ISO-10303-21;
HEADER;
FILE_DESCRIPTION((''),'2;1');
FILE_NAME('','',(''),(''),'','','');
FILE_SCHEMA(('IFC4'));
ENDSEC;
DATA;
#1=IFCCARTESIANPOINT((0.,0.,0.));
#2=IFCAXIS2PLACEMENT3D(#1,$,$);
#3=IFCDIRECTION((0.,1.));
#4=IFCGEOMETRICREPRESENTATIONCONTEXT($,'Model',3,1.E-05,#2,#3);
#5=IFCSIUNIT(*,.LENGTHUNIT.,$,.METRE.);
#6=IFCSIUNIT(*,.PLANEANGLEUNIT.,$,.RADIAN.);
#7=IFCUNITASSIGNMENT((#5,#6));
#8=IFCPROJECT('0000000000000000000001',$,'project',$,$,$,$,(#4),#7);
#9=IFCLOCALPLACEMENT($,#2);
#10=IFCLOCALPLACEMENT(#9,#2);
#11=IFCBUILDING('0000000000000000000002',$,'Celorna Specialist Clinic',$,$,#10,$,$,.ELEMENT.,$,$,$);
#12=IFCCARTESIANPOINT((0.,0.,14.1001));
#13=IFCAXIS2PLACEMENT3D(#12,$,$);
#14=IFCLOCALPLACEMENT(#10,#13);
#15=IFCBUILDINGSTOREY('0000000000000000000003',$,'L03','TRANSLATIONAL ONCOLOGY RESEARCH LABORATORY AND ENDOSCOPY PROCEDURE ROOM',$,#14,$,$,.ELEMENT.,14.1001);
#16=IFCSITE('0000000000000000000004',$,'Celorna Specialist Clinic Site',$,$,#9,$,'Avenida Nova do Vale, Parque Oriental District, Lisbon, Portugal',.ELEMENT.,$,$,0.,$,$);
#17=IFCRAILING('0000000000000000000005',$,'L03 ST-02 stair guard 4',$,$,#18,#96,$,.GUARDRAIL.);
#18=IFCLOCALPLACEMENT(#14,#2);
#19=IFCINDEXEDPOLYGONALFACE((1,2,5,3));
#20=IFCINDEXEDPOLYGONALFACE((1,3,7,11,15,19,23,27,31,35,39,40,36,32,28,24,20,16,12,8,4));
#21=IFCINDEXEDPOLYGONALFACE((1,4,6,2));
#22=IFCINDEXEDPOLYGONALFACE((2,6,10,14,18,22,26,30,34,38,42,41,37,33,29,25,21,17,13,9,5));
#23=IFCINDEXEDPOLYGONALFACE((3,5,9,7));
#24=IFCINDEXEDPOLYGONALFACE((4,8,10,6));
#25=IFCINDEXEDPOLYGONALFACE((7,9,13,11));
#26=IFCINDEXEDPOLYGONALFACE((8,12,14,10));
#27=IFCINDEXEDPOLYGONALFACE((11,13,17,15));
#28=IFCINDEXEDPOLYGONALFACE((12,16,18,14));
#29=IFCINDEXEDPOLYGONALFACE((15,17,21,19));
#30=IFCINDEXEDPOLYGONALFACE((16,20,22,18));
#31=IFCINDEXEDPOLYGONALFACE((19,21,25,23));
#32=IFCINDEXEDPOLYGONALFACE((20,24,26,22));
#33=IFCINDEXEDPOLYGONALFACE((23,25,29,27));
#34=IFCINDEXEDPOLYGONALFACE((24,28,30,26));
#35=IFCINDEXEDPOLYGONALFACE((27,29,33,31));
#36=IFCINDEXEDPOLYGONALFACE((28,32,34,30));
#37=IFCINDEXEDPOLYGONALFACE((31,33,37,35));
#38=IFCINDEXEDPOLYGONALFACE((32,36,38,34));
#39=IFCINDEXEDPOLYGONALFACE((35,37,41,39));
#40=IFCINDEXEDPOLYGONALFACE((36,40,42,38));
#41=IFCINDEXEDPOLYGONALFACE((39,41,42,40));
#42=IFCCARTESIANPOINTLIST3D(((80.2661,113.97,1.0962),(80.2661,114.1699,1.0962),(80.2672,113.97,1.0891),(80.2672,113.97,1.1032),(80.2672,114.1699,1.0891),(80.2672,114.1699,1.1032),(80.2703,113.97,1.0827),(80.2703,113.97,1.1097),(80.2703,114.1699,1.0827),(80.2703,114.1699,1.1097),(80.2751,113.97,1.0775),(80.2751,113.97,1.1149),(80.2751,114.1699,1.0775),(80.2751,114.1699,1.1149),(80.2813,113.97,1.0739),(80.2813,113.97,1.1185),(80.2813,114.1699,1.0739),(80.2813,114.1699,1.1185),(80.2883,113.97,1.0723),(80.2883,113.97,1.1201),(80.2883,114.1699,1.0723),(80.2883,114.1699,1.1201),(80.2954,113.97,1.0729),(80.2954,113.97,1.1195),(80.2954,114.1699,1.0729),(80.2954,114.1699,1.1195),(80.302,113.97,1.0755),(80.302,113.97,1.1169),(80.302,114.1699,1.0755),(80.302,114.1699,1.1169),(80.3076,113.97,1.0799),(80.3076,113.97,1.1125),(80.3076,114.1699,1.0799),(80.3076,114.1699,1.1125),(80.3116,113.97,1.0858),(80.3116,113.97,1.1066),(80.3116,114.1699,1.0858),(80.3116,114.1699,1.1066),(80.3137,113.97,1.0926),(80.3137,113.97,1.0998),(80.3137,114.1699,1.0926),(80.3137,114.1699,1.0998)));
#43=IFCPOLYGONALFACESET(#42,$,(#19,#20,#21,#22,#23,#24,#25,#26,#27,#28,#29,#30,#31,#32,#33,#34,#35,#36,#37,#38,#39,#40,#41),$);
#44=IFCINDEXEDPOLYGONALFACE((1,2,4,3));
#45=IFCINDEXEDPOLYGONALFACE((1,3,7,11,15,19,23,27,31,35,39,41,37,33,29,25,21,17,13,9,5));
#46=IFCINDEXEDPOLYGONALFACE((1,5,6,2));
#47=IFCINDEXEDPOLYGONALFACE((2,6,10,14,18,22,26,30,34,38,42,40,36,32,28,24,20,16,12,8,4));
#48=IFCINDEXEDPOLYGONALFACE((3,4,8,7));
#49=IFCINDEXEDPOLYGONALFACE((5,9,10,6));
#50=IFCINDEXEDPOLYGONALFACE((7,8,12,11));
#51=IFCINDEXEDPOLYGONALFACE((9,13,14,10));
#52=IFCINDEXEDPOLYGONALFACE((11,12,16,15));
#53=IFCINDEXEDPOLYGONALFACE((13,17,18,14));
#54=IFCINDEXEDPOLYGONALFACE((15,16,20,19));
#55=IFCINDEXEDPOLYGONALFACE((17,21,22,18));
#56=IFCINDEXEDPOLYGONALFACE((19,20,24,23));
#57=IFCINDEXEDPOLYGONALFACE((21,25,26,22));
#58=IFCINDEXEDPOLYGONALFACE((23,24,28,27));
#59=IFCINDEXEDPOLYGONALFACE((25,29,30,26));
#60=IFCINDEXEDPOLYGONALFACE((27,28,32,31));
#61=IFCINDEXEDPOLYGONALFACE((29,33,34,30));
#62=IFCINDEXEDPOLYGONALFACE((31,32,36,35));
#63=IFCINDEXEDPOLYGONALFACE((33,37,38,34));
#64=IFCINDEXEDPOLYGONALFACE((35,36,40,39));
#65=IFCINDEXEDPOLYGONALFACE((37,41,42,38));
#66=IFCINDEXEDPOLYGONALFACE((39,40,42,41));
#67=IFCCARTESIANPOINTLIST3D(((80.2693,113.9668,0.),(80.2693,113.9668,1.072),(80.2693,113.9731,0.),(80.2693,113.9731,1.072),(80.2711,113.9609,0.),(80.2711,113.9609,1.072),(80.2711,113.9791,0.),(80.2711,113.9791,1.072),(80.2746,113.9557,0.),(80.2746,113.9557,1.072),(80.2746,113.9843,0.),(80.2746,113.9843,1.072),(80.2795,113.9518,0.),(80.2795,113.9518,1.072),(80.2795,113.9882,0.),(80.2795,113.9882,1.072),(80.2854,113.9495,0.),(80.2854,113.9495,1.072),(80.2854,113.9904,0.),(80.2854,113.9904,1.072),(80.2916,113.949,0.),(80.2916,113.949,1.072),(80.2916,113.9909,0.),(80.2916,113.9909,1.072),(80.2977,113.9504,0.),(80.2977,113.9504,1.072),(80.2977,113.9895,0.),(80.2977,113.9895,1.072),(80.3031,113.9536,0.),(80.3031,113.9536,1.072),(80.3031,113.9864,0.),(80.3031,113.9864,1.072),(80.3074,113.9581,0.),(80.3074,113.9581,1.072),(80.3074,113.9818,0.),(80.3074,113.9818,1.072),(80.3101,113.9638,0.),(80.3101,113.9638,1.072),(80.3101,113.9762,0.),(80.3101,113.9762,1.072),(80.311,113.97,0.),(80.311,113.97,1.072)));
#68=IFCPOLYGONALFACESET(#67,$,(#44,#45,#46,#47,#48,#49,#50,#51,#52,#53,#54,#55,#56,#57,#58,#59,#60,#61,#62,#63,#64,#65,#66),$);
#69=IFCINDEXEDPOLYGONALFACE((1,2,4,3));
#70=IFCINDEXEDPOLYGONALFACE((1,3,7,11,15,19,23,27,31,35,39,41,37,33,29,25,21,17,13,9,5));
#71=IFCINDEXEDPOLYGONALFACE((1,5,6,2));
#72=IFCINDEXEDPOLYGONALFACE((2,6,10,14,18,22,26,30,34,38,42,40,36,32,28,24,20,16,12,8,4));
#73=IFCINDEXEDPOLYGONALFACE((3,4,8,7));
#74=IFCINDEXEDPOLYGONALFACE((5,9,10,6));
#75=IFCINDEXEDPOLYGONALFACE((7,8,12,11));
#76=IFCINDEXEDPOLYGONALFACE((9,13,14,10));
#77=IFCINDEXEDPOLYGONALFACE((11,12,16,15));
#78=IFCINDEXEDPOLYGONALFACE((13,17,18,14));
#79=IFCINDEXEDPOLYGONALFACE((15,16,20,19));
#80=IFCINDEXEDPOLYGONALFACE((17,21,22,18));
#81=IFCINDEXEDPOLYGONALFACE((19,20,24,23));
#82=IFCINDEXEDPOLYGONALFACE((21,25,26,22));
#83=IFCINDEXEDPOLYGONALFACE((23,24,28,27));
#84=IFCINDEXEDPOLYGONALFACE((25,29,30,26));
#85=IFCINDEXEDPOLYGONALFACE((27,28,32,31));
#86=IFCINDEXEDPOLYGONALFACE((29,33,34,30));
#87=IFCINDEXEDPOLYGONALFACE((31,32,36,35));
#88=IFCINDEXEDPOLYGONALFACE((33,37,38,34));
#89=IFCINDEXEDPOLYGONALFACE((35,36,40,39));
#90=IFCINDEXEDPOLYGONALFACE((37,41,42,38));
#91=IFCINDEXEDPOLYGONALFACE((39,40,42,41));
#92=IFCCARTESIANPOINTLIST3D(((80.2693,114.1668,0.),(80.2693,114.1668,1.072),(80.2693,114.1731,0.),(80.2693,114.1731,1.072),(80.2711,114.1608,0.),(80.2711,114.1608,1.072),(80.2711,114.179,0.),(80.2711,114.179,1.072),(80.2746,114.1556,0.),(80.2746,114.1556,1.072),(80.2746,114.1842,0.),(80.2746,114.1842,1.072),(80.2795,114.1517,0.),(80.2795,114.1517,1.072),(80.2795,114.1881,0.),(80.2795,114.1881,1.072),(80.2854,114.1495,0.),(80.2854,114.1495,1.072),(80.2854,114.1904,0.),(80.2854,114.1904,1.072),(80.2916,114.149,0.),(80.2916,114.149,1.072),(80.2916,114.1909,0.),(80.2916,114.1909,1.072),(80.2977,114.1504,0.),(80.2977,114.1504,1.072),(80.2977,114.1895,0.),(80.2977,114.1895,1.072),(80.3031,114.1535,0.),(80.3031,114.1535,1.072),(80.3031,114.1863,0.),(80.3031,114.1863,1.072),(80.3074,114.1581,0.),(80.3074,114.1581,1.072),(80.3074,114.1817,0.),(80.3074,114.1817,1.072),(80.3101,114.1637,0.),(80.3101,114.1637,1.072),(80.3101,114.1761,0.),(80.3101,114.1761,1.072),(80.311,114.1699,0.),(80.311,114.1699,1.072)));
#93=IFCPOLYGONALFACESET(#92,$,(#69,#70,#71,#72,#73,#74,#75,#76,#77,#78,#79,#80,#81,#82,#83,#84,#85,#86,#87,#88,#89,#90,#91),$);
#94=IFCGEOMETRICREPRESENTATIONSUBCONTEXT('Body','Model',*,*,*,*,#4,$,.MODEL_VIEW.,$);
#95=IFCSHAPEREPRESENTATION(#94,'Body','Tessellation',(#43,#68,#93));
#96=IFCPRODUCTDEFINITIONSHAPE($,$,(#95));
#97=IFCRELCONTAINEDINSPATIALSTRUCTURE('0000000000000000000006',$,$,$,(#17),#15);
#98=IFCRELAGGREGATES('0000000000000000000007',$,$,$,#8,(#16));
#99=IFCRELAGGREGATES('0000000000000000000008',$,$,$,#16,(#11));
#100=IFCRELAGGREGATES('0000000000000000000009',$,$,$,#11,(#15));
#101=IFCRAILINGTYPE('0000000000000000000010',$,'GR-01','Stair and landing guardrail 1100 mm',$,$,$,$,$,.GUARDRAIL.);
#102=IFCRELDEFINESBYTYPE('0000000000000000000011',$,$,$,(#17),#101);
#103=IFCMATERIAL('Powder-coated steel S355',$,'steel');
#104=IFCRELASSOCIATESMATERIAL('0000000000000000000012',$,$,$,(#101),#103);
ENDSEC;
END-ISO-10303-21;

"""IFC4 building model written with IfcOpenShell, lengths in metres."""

from ifc_helpers import new_model, si_unit, direction, frame, origin, origin_2d, place, context, subcontext, project, spatial, circle, extrude, material, type_object, element, save


model = new_model("IFC4")

# Units and contexts
model_context = context("Model", 3, precision=1e-05, world=origin(), true_north=direction((0.0, 1.0)))
body_context = subcontext(model_context, "Body", "Model", "MODEL_VIEW")
ifc_project = project(units=[si_unit("LENGTHUNIT", "METRE"), si_unit("PLANEANGLEUNIT", "RADIAN")], contexts=[model_context])

# Site, building, storey
site_placement = place(None, origin())
site = spatial("IfcSite", under=ifc_project, at=site_placement, Name="Celorna Specialist Clinic Site", LongName="Avenida Nova do Vale, Parque Oriental District, Lisbon, Portugal", CompositionType="ELEMENT", RefElevation=0.0)
building_placement = place(site_placement, origin())
building = spatial("IfcBuilding", under=site, at=building_placement, Name="Celorna Specialist Clinic", CompositionType="ELEMENT")
storey_placement = place(building_placement, frame((0.0, 0.0, 14.1001)))
storey = spatial("IfcBuildingStorey", under=building, at=storey_placement, Name="L03", Description="TRANSLATIONAL ONCOLOGY RESEARCH LABORATORY AND ENDOSCOPY PROCEDURE ROOM", CompositionType="ELEMENT", Elevation=14.1001)

# Railing
ifc_material_1 = material(Name="Powder-coated steel S355", Category="steel")
railing_type_1 = type_object("IfcRailingType", Name="GR-01", Description="Stair and landing guardrail 1100 mm", PredefinedType="GUARDRAIL", material=ifc_material_1)
railing_1_placement = place(storey_placement, frame((80.29, 113.97, 0.0)))
element("IfcRailing", 1, at=railing_1_placement, inside=storey, type_object=railing_type_1, Name="L03 ST-02 stair guard 4", PredefinedType="GUARDRAIL", context=body_context, shape_type="SweptSolid", body=[
    extrude(circle(Radius=0.0239, at=origin_2d()), frame((0.0, 0.0, 1.0962), z_axis=(0.0, 1.0, 0.0), x_axis=(-1.0, 0.0, 0.0)), (0.0, 0.0, 1.0), 0.2),
    extrude(circle(Radius=0.021, at=origin_2d()), origin(), (0.0, 0.0, 1.0), 1.072),
    extrude(circle(Radius=0.021, at=origin_2d()), frame((0.0, 0.2, 0.0)), (0.0, 0.0, 1.0), 1.072),
])

save(model, "model.ifc")
